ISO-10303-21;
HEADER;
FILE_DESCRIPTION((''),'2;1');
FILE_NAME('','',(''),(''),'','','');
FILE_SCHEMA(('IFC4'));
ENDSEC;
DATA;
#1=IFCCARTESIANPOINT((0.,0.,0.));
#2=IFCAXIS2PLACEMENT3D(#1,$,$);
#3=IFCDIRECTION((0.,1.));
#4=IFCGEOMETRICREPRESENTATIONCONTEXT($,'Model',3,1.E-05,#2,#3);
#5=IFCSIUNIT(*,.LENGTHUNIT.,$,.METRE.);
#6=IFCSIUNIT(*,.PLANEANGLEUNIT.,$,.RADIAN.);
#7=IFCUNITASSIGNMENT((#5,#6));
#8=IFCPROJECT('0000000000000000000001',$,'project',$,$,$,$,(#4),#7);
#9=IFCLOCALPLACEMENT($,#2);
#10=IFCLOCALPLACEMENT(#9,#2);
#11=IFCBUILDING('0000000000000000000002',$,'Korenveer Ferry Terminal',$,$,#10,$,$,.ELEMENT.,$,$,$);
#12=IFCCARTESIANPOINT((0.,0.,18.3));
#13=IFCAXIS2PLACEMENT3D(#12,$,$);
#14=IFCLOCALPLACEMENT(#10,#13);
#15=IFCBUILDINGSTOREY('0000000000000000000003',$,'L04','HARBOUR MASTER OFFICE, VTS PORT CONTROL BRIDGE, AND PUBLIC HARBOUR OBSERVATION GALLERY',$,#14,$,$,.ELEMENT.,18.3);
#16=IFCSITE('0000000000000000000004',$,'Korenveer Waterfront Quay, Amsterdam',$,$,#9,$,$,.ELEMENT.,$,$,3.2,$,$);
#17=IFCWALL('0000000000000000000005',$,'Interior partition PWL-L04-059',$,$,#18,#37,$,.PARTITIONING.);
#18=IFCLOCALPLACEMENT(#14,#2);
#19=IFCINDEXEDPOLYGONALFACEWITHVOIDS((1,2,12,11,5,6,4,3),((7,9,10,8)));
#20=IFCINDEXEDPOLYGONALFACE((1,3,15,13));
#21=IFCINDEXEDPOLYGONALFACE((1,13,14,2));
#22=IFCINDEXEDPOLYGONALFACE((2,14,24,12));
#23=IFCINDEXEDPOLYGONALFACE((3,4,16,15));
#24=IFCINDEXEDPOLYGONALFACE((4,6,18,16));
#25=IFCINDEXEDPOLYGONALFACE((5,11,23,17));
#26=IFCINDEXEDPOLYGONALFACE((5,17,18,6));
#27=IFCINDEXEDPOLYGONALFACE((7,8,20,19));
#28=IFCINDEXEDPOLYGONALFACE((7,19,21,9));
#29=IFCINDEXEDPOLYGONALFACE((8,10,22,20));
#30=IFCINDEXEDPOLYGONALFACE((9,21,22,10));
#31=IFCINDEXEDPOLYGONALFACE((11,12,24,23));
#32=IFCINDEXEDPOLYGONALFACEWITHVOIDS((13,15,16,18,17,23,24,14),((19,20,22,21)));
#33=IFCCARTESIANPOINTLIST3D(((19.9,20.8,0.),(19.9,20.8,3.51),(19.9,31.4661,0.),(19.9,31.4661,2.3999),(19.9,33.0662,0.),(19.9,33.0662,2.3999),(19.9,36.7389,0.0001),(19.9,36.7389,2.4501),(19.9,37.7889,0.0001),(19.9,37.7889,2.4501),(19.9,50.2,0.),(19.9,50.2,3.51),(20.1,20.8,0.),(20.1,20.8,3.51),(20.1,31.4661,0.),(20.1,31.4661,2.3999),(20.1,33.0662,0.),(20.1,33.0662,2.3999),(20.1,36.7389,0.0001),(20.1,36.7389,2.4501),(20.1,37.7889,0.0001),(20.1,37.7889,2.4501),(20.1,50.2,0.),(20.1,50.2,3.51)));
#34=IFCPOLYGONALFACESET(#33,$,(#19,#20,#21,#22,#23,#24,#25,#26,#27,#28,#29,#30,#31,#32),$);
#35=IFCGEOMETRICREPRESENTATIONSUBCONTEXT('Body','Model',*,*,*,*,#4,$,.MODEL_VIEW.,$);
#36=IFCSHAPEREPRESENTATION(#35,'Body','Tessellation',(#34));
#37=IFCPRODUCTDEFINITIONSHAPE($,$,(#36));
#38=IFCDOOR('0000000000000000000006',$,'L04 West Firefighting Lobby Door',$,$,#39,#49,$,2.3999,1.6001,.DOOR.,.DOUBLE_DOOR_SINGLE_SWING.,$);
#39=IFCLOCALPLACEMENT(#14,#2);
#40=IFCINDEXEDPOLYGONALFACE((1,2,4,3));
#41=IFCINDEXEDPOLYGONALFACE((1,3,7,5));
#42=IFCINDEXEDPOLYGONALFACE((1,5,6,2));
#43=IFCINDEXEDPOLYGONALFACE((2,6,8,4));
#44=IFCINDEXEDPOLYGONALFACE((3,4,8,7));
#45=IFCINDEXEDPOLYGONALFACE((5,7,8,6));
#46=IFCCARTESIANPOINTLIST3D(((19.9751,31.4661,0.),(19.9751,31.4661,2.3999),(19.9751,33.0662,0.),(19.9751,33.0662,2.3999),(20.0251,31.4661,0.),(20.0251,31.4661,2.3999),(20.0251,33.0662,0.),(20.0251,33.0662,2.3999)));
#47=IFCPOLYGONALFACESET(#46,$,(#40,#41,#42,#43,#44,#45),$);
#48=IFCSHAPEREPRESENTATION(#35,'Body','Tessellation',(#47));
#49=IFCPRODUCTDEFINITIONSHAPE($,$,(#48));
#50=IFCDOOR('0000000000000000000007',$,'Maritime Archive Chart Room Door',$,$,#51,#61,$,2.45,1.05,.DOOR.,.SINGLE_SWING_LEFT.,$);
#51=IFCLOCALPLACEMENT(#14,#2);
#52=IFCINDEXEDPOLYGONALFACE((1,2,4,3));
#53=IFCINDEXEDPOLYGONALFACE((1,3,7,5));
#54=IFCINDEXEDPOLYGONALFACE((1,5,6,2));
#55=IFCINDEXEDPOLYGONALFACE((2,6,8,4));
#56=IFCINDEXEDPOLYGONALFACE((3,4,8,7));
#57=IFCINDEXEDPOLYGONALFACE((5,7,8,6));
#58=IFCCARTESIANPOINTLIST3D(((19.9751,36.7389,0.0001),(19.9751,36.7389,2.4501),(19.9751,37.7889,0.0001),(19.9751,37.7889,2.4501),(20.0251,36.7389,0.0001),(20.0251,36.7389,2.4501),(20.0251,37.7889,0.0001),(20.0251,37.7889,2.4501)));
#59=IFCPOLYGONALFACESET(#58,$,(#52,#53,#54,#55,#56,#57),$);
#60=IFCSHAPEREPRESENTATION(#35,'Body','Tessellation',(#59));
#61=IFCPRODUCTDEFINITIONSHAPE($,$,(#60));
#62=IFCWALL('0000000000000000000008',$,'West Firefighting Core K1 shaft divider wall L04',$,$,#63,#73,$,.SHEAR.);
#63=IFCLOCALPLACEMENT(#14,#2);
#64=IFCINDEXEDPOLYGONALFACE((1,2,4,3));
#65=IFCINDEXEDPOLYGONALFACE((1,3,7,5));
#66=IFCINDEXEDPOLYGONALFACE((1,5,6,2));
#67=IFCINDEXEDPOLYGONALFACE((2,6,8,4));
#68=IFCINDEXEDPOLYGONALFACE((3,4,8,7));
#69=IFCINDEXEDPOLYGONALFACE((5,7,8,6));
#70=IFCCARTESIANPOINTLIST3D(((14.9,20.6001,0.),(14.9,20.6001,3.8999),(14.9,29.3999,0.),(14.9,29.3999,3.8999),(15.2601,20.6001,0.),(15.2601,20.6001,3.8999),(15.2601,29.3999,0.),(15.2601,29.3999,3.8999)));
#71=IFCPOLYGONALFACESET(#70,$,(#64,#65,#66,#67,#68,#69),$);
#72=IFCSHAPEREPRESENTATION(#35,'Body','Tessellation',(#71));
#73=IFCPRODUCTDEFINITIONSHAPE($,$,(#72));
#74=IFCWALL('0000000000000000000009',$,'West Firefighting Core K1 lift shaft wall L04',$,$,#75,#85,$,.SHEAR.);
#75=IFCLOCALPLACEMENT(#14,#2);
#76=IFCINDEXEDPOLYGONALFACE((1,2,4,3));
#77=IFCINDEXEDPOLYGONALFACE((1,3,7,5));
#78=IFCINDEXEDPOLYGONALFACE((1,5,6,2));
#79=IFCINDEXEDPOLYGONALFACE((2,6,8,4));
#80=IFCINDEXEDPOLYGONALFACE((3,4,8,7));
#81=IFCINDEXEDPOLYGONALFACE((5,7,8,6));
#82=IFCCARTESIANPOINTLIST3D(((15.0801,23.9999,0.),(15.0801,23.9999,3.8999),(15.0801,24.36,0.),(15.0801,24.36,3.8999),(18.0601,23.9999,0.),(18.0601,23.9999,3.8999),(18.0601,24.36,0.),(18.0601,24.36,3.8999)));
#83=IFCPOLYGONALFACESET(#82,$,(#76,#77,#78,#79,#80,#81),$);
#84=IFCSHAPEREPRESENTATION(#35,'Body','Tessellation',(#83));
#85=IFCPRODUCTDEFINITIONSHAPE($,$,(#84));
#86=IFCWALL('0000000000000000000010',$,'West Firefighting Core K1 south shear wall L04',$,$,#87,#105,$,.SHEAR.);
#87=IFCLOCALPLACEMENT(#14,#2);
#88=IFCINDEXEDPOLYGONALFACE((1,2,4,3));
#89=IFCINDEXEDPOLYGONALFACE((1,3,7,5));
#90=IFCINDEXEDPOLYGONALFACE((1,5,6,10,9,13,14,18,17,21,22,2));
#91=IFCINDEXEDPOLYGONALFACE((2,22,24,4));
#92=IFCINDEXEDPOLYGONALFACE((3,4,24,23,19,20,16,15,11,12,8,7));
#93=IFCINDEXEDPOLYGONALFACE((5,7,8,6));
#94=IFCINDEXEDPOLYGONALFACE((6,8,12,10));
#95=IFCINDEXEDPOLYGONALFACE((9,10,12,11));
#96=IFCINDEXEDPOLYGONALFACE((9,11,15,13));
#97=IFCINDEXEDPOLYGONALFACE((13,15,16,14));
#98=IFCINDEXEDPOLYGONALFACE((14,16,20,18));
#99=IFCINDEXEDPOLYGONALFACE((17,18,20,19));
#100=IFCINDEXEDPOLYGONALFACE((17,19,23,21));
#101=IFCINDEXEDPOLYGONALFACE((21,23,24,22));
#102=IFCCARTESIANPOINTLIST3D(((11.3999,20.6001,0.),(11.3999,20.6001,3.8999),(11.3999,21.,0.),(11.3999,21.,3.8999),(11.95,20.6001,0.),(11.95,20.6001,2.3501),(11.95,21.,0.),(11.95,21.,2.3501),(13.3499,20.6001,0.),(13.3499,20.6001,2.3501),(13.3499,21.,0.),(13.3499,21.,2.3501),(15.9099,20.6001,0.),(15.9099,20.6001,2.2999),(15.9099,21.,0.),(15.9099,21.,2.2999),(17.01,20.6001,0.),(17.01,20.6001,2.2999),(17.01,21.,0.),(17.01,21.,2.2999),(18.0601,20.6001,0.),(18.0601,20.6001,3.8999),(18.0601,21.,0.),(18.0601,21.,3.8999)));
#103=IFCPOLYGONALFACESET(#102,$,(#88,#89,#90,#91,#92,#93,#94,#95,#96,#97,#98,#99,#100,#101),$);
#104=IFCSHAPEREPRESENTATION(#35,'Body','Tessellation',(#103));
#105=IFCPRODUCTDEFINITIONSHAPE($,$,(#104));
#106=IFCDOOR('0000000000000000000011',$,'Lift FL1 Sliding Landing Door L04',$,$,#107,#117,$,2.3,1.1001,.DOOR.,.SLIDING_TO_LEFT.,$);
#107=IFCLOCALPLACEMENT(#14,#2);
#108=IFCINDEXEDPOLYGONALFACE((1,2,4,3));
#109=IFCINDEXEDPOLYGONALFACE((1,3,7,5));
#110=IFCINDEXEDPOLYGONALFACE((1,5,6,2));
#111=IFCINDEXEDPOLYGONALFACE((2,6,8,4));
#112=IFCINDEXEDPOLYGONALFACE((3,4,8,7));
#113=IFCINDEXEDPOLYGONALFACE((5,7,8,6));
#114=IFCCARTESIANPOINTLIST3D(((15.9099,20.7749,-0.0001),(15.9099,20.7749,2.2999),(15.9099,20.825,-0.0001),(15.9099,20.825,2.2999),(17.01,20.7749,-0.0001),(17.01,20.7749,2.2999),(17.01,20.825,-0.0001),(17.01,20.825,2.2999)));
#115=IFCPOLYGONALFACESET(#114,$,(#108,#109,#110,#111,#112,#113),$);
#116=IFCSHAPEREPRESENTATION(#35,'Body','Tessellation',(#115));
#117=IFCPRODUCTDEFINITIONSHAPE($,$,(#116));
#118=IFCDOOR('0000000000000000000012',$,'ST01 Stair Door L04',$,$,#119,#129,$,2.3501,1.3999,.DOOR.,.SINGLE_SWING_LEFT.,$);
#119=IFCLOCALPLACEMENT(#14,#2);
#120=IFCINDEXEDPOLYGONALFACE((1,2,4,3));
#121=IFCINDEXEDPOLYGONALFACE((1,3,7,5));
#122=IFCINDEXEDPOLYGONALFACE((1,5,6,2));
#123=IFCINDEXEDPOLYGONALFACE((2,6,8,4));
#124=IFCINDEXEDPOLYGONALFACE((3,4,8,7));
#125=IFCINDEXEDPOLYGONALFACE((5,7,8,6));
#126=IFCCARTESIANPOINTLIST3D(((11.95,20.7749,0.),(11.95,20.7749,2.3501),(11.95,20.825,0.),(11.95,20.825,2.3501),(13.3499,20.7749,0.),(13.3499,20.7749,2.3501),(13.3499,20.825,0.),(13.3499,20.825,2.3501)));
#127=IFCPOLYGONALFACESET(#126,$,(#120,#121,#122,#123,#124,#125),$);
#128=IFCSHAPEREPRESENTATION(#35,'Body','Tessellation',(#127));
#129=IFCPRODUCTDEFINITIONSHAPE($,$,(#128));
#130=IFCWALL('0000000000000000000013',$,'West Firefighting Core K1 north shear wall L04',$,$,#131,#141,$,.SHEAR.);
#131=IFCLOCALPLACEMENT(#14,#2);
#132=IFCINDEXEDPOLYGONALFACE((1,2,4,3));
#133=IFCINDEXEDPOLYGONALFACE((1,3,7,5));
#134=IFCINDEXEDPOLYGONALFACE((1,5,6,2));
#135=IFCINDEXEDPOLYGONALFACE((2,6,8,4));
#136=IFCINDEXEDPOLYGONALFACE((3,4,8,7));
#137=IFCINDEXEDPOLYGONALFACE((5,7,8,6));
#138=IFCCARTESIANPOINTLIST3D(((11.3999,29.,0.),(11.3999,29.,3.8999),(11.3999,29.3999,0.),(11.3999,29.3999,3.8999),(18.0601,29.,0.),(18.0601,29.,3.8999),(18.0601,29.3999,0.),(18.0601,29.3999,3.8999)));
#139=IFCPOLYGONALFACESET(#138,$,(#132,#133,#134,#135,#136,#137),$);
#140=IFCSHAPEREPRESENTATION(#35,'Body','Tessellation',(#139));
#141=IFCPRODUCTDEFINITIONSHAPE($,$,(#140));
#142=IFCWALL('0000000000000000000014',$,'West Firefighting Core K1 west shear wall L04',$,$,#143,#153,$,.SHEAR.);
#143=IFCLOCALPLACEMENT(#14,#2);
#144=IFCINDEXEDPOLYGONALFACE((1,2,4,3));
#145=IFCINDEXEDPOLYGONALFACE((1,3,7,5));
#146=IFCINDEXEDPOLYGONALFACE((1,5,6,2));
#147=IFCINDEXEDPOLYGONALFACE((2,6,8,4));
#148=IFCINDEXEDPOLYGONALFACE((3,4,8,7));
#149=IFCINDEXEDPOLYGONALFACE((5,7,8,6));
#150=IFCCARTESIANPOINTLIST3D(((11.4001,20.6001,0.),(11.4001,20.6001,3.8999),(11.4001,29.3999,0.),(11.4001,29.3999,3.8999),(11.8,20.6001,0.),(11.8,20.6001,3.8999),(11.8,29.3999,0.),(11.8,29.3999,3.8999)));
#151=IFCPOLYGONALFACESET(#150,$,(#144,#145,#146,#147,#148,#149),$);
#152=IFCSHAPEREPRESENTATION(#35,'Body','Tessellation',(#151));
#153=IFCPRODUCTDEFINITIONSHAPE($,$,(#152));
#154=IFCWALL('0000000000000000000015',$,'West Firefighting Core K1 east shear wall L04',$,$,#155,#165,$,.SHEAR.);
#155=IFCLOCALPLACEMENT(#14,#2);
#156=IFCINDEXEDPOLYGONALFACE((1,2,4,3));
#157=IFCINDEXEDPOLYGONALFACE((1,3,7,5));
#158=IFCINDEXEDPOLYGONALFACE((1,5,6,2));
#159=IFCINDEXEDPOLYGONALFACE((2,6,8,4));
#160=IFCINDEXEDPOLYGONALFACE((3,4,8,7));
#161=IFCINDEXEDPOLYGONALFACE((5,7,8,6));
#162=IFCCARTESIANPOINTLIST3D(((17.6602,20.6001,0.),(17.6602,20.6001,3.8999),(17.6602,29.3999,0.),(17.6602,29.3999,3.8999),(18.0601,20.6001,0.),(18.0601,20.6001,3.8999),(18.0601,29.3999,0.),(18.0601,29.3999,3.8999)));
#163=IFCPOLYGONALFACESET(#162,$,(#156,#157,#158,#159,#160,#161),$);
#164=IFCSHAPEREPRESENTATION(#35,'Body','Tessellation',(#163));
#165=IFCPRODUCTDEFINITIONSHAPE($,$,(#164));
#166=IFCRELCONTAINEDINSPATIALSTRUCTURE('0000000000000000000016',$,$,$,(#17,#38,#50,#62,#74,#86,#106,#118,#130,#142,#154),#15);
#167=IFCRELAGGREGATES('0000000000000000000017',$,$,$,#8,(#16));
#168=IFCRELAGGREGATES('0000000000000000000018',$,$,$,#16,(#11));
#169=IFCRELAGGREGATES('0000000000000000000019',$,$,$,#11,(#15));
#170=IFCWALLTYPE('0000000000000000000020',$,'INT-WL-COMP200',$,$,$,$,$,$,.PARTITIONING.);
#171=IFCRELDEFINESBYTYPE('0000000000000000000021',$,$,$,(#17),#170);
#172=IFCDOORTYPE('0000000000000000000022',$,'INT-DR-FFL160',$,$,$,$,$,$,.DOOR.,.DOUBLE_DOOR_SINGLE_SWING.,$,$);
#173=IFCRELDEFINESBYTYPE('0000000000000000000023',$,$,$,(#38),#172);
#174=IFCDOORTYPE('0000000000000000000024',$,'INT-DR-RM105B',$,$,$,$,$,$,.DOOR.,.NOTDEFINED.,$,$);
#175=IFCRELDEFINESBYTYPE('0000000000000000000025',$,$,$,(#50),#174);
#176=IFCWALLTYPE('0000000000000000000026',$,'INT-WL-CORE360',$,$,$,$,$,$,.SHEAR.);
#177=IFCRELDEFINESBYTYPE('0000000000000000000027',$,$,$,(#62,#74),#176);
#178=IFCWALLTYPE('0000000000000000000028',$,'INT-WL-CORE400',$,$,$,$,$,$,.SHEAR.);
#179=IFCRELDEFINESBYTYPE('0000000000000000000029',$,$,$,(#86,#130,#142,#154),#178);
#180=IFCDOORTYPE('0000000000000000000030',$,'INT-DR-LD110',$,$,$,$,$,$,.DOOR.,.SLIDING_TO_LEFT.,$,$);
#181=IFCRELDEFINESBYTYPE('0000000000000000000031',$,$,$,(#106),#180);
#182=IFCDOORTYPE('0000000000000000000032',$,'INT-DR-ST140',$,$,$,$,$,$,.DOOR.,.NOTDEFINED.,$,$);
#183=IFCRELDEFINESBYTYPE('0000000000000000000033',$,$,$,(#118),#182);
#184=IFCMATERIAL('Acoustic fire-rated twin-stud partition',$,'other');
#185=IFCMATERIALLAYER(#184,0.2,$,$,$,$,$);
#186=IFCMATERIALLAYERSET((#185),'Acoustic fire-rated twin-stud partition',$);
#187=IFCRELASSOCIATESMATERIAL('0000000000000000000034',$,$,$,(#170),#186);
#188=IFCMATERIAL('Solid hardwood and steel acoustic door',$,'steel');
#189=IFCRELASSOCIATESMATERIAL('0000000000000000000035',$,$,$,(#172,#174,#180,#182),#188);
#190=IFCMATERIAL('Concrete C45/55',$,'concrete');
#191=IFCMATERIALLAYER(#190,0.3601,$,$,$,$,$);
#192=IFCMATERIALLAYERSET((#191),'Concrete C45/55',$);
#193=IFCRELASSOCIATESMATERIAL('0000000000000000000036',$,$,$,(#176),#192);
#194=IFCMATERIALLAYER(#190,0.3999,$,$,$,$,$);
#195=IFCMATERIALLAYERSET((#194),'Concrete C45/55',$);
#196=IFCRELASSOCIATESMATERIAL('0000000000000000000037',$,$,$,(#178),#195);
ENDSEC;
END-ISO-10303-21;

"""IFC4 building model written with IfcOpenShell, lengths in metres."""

from ifc_helpers import new_model, si_unit, direction, frame, frame_2d, origin, place, context, subcontext, project, spatial, rectangle, extrude, material, layer, layer_set, type_object, element, fill, save


model = new_model("IFC4")

# Units and contexts
model_context = context("Model", 3, precision=1e-05, world=origin(), true_north=direction((0.0, 1.0)))
body_context = subcontext(model_context, "Body", "Model", "MODEL_VIEW")
ifc_project = project(units=[si_unit("LENGTHUNIT", "METRE"), si_unit("PLANEANGLEUNIT", "RADIAN")], contexts=[model_context])

# Site, building, storey
site_placement = place(None, origin())
site = spatial("IfcSite", under=ifc_project, at=site_placement, Name="Korenveer Waterfront Quay, Amsterdam", CompositionType="ELEMENT", RefElevation=3.2)
building_placement = place(site_placement, origin())
building = spatial("IfcBuilding", under=site, at=building_placement, Name="Korenveer Ferry Terminal", CompositionType="ELEMENT")
storey_placement = place(building_placement, frame((0.0, 0.0, 18.3)))
storey = spatial("IfcBuildingStorey", under=building, at=storey_placement, Name="L04", Description="HARBOUR MASTER OFFICE, VTS PORT CONTROL BRIDGE, AND PUBLIC HARBOUR OBSERVATION GALLERY", CompositionType="ELEMENT", Elevation=18.3)

# Shared definitions
ifc_material_1 = material(Name="Concrete C45/55", Category="concrete")

# Wall, openings, doors
ifc_material_2 = material(Name="Acoustic fire-rated twin-stud partition", Category="other")
ifc_layer_1 = layer(ifc_material_2, 0.2)
ifc_layer_set_1 = layer_set([ifc_layer_1], Name="Acoustic fire-rated twin-stud partition")
wall_type_1 = type_object("IfcWallType", Name="INT-WL-COMP200", PredefinedType="PARTITIONING", material=ifc_layer_set_1)
wall_1_placement = place(storey_placement, frame((20.0, 20.8, 0.0), z_axis=(0.0, 0.0, 1.0), x_axis=(0.0, 1.0, 0.0)))
wall_1 = element("IfcWall", 1, at=wall_1_placement, inside=storey, type_object=wall_type_1, Name="Interior partition PWL-L04-059", PredefinedType="PARTITIONING", context=body_context, shape_type="SweptSolid", body=[
    extrude(rectangle(XDim=29.3999, YDim=0.2, at=frame_2d((14.7, 0.0))), origin(), (0.0, 0.0, 1.0), 3.51),
])
opening_1_placement = place(wall_1_placement, frame((10.666, 0.0, 0.0)))
opening_1 = element("IfcOpeningElement", 2, at=opening_1_placement, cuts=wall_1, PredefinedType="OPENING", context=body_context, shape_type="SweptSolid", body=[
    extrude(rectangle(XDim=1.6001, YDim=2.3999, at=frame_2d((0.8, 1.2))), frame((0.0, 0.1099, 0.0), z_axis=(0.0, -1.0, 0.0), x_axis=(1.0, 0.0, 0.0)), (0.0, 0.0, 1.0), 0.22),
])
opening_2_placement = place(wall_1_placement, frame((15.939, 0.0, 0.0)))
opening_2 = element("IfcOpeningElement", 3, at=opening_2_placement, cuts=wall_1, PredefinedType="OPENING", context=body_context, shape_type="SweptSolid", body=[
    extrude(rectangle(XDim=1.05, YDim=2.45, at=frame_2d((0.5249, 1.2251))), frame((0.0, 0.1099, 0.0), z_axis=(0.0, -1.0, 0.0), x_axis=(1.0, 0.0, 0.0)), (0.0, 0.0, 1.0), 0.22),
])
ifc_material_3 = material(Name="Solid hardwood and steel acoustic door", Category="steel")
door_type_1 = type_object("IfcDoorType", Name="INT-DR-FFL160", OperationType="DOUBLE_DOOR_SINGLE_SWING", PredefinedType="DOOR", material=ifc_material_3)
door_1_placement = place(opening_1_placement, origin())
door_1 = element("IfcDoor", 4, at=door_1_placement, inside=storey, type_object=door_type_1, Name="L04 West Firefighting Lobby Door", OperationType="DOUBLE_DOOR_SINGLE_SWING", OverallHeight=2.3999, OverallWidth=1.6001, PredefinedType="DOOR", context=body_context, shape_type="SweptSolid", body=[
    extrude(rectangle(XDim=1.6001, YDim=2.3999, at=frame_2d((0.8, 1.2))), frame((0.0, 0.0249, 0.0), z_axis=(0.0, -1.0, 0.0), x_axis=(1.0, 0.0, 0.0)), (0.0, 0.0, 1.0), 0.05),
])
fill(opening_1, door_1)
door_type_2 = type_object("IfcDoorType", Name="INT-DR-RM105B", OperationType="NOTDEFINED", PredefinedType="DOOR", material=ifc_material_3)
door_2_placement = place(opening_2_placement, origin())
door_2 = element("IfcDoor", 5, at=door_2_placement, inside=storey, type_object=door_type_2, Name="Maritime Archive Chart Room Door", OperationType="SINGLE_SWING_LEFT", OverallHeight=2.45, OverallWidth=1.05, PredefinedType="DOOR", context=body_context, shape_type="SweptSolid", body=[
    extrude(rectangle(XDim=1.05, YDim=2.45, at=frame_2d((0.5249, 1.2251))), frame((0.0, 0.0249, 0.0), z_axis=(0.0, -1.0, 0.0), x_axis=(1.0, 0.0, 0.0)), (0.0, 0.0, 1.0), 0.05),
])
fill(opening_2, door_2)

# Walls
ifc_layer_2 = layer(ifc_material_1, 0.3601)
ifc_layer_set_2 = layer_set([ifc_layer_2], Name="Concrete C45/55")
wall_type_2 = type_object("IfcWallType", Name="INT-WL-CORE360", PredefinedType="SHEAR", material=ifc_layer_set_2)
wall_2_placement = place(storey_placement, frame((15.0801, 20.6001, 0.0), z_axis=(0.0, 0.0, 1.0), x_axis=(0.0, 1.0, 0.0)))
element("IfcWall", 6, at=wall_2_placement, inside=storey, type_object=wall_type_2, Name="West Firefighting Core K1 shaft divider wall L04", PredefinedType="SHEAR", context=body_context, shape_type="SweptSolid", body=[
    extrude(rectangle(XDim=8.7998, YDim=0.3601, at=frame_2d((4.3999, 0.0))), origin(), (0.0, 0.0, 1.0), 3.8999),
])
wall_3_placement = place(storey_placement, frame((15.0801, 24.1799, 0.0), z_axis=(0.0, 0.0, 1.0), x_axis=(1.0, 0.0, 0.0)))
element("IfcWall", 7, at=wall_3_placement, inside=storey, type_object=wall_type_2, Name="West Firefighting Core K1 lift shaft wall L04", PredefinedType="SHEAR", context=body_context, shape_type="SweptSolid", body=[
    extrude(rectangle(XDim=2.98, YDim=0.3601, at=frame_2d((1.49, 0.0))), origin(), (0.0, 0.0, 1.0), 3.8999),
])

# Wall, openings, doors
ifc_layer_3 = layer(ifc_material_1, 0.3999)
ifc_layer_set_3 = layer_set([ifc_layer_3], Name="Concrete C45/55")
wall_type_3 = type_object("IfcWallType", Name="INT-WL-CORE400", PredefinedType="SHEAR", material=ifc_layer_set_3)
wall_4_placement = place(storey_placement, frame((11.3999, 20.8, 0.0), z_axis=(0.0, 0.0, 1.0), x_axis=(1.0, 0.0, 0.0)))
wall_4 = element("IfcWall", 8, at=wall_4_placement, inside=storey, type_object=wall_type_3, Name="West Firefighting Core K1 south shear wall L04", PredefinedType="SHEAR", context=body_context, shape_type="SweptSolid", body=[
    extrude(rectangle(XDim=6.6602, YDim=0.3999, at=frame_2d((3.3301, 0.0))), origin(), (0.0, 0.0, 1.0), 3.8999),
])
opening_3_placement = place(wall_4_placement, frame((0.55, 0.0, 0.0)))
opening_3 = element("IfcOpeningElement", 9, at=opening_3_placement, cuts=wall_4, PredefinedType="OPENING", context=body_context, shape_type="SweptSolid", body=[
    extrude(rectangle(XDim=1.3999, YDim=2.3501, at=frame_2d((0.7, 1.175))), frame((0.0, 0.21, 0.0), z_axis=(0.0, -1.0, 0.0), x_axis=(1.0, 0.0, 0.0)), (0.0, 0.0, 1.0), 0.4199),
])
opening_4_placement = place(wall_4_placement, frame((4.51, 0.0, 0.0)))
opening_4 = element("IfcOpeningElement", 10, at=opening_4_placement, cuts=wall_4, PredefinedType="OPENING", context=body_context, shape_type="SweptSolid", body=[
    extrude(rectangle(XDim=1.1001, YDim=2.3, at=frame_2d((0.55, 1.1499))), frame((0.0, 0.21, 0.0), z_axis=(0.0, -1.0, 0.0), x_axis=(1.0, 0.0, 0.0)), (0.0, 0.0, 1.0), 0.4199),
])
door_type_3 = type_object("IfcDoorType", Name="INT-DR-LD110", OperationType="SLIDING_TO_LEFT", PredefinedType="DOOR", material=ifc_material_3)
door_3_placement = place(opening_4_placement, origin())
door_3 = element("IfcDoor", 11, at=door_3_placement, inside=storey, type_object=door_type_3, Name="Lift FL1 Sliding Landing Door L04", OperationType="SLIDING_TO_LEFT", OverallHeight=2.3, OverallWidth=1.1001, PredefinedType="DOOR", context=body_context, shape_type="SweptSolid", body=[
    extrude(rectangle(XDim=1.1001, YDim=2.3, at=frame_2d((0.55, 1.1499))), frame((0.0, 0.0249, 0.0), z_axis=(0.0, -1.0, 0.0), x_axis=(1.0, 0.0, 0.0)), (0.0, 0.0, 1.0), 0.05),
])
fill(opening_4, door_3)
door_type_4 = type_object("IfcDoorType", Name="INT-DR-ST140", OperationType="NOTDEFINED", PredefinedType="DOOR", material=ifc_material_3)
door_4_placement = place(opening_3_placement, origin())
door_4 = element("IfcDoor", 12, at=door_4_placement, inside=storey, type_object=door_type_4, Name="ST01 Stair Door L04", OperationType="SINGLE_SWING_LEFT", OverallHeight=2.3501, OverallWidth=1.3999, PredefinedType="DOOR", context=body_context, shape_type="SweptSolid", body=[
    extrude(rectangle(XDim=1.3999, YDim=2.3501, at=frame_2d((0.7, 1.175))), frame((0.0, 0.0249, 0.0), z_axis=(0.0, -1.0, 0.0), x_axis=(1.0, 0.0, 0.0)), (0.0, 0.0, 1.0), 0.05),
])
fill(opening_3, door_4)

# Walls
wall_5_placement = place(storey_placement, frame((11.3999, 29.2, 0.0), z_axis=(0.0, 0.0, 1.0), x_axis=(1.0, 0.0, 0.0)))
element("IfcWall", 13, at=wall_5_placement, inside=storey, type_object=wall_type_3, Name="West Firefighting Core K1 north shear wall L04", PredefinedType="SHEAR", context=body_context, shape_type="SweptSolid", body=[
    extrude(rectangle(XDim=6.6602, YDim=0.3999, at=frame_2d((3.3301, 0.0))), origin(), (0.0, 0.0, 1.0), 3.8999),
])
for number, where, z_axis, x_axis, name in (
    (14, (11.6001, 20.6001, 0.0), (0.0, 0.0, 1.0), (0.0, 1.0, 0.0), "West Firefighting Core K1 west shear wall L04"),
    (15, (17.8601, 20.6001, 0.0), (0.0, 0.0, 1.0), (0.0, 1.0, 0.0), "West Firefighting Core K1 east shear wall L04"),
):
    element("IfcWall", number, at=place(storey_placement, frame(where, z_axis=z_axis, x_axis=x_axis)), inside=storey, type_object=wall_type_3, Name=name, PredefinedType="SHEAR", context=body_context, shape_type="SweptSolid", body=[
        extrude(rectangle(XDim=8.7998, YDim=0.3999, at=frame_2d((4.3999, 0.0))), origin(), (0.0, 0.0, 1.0), 3.8999),
    ])

save(model, "model.ifc")
